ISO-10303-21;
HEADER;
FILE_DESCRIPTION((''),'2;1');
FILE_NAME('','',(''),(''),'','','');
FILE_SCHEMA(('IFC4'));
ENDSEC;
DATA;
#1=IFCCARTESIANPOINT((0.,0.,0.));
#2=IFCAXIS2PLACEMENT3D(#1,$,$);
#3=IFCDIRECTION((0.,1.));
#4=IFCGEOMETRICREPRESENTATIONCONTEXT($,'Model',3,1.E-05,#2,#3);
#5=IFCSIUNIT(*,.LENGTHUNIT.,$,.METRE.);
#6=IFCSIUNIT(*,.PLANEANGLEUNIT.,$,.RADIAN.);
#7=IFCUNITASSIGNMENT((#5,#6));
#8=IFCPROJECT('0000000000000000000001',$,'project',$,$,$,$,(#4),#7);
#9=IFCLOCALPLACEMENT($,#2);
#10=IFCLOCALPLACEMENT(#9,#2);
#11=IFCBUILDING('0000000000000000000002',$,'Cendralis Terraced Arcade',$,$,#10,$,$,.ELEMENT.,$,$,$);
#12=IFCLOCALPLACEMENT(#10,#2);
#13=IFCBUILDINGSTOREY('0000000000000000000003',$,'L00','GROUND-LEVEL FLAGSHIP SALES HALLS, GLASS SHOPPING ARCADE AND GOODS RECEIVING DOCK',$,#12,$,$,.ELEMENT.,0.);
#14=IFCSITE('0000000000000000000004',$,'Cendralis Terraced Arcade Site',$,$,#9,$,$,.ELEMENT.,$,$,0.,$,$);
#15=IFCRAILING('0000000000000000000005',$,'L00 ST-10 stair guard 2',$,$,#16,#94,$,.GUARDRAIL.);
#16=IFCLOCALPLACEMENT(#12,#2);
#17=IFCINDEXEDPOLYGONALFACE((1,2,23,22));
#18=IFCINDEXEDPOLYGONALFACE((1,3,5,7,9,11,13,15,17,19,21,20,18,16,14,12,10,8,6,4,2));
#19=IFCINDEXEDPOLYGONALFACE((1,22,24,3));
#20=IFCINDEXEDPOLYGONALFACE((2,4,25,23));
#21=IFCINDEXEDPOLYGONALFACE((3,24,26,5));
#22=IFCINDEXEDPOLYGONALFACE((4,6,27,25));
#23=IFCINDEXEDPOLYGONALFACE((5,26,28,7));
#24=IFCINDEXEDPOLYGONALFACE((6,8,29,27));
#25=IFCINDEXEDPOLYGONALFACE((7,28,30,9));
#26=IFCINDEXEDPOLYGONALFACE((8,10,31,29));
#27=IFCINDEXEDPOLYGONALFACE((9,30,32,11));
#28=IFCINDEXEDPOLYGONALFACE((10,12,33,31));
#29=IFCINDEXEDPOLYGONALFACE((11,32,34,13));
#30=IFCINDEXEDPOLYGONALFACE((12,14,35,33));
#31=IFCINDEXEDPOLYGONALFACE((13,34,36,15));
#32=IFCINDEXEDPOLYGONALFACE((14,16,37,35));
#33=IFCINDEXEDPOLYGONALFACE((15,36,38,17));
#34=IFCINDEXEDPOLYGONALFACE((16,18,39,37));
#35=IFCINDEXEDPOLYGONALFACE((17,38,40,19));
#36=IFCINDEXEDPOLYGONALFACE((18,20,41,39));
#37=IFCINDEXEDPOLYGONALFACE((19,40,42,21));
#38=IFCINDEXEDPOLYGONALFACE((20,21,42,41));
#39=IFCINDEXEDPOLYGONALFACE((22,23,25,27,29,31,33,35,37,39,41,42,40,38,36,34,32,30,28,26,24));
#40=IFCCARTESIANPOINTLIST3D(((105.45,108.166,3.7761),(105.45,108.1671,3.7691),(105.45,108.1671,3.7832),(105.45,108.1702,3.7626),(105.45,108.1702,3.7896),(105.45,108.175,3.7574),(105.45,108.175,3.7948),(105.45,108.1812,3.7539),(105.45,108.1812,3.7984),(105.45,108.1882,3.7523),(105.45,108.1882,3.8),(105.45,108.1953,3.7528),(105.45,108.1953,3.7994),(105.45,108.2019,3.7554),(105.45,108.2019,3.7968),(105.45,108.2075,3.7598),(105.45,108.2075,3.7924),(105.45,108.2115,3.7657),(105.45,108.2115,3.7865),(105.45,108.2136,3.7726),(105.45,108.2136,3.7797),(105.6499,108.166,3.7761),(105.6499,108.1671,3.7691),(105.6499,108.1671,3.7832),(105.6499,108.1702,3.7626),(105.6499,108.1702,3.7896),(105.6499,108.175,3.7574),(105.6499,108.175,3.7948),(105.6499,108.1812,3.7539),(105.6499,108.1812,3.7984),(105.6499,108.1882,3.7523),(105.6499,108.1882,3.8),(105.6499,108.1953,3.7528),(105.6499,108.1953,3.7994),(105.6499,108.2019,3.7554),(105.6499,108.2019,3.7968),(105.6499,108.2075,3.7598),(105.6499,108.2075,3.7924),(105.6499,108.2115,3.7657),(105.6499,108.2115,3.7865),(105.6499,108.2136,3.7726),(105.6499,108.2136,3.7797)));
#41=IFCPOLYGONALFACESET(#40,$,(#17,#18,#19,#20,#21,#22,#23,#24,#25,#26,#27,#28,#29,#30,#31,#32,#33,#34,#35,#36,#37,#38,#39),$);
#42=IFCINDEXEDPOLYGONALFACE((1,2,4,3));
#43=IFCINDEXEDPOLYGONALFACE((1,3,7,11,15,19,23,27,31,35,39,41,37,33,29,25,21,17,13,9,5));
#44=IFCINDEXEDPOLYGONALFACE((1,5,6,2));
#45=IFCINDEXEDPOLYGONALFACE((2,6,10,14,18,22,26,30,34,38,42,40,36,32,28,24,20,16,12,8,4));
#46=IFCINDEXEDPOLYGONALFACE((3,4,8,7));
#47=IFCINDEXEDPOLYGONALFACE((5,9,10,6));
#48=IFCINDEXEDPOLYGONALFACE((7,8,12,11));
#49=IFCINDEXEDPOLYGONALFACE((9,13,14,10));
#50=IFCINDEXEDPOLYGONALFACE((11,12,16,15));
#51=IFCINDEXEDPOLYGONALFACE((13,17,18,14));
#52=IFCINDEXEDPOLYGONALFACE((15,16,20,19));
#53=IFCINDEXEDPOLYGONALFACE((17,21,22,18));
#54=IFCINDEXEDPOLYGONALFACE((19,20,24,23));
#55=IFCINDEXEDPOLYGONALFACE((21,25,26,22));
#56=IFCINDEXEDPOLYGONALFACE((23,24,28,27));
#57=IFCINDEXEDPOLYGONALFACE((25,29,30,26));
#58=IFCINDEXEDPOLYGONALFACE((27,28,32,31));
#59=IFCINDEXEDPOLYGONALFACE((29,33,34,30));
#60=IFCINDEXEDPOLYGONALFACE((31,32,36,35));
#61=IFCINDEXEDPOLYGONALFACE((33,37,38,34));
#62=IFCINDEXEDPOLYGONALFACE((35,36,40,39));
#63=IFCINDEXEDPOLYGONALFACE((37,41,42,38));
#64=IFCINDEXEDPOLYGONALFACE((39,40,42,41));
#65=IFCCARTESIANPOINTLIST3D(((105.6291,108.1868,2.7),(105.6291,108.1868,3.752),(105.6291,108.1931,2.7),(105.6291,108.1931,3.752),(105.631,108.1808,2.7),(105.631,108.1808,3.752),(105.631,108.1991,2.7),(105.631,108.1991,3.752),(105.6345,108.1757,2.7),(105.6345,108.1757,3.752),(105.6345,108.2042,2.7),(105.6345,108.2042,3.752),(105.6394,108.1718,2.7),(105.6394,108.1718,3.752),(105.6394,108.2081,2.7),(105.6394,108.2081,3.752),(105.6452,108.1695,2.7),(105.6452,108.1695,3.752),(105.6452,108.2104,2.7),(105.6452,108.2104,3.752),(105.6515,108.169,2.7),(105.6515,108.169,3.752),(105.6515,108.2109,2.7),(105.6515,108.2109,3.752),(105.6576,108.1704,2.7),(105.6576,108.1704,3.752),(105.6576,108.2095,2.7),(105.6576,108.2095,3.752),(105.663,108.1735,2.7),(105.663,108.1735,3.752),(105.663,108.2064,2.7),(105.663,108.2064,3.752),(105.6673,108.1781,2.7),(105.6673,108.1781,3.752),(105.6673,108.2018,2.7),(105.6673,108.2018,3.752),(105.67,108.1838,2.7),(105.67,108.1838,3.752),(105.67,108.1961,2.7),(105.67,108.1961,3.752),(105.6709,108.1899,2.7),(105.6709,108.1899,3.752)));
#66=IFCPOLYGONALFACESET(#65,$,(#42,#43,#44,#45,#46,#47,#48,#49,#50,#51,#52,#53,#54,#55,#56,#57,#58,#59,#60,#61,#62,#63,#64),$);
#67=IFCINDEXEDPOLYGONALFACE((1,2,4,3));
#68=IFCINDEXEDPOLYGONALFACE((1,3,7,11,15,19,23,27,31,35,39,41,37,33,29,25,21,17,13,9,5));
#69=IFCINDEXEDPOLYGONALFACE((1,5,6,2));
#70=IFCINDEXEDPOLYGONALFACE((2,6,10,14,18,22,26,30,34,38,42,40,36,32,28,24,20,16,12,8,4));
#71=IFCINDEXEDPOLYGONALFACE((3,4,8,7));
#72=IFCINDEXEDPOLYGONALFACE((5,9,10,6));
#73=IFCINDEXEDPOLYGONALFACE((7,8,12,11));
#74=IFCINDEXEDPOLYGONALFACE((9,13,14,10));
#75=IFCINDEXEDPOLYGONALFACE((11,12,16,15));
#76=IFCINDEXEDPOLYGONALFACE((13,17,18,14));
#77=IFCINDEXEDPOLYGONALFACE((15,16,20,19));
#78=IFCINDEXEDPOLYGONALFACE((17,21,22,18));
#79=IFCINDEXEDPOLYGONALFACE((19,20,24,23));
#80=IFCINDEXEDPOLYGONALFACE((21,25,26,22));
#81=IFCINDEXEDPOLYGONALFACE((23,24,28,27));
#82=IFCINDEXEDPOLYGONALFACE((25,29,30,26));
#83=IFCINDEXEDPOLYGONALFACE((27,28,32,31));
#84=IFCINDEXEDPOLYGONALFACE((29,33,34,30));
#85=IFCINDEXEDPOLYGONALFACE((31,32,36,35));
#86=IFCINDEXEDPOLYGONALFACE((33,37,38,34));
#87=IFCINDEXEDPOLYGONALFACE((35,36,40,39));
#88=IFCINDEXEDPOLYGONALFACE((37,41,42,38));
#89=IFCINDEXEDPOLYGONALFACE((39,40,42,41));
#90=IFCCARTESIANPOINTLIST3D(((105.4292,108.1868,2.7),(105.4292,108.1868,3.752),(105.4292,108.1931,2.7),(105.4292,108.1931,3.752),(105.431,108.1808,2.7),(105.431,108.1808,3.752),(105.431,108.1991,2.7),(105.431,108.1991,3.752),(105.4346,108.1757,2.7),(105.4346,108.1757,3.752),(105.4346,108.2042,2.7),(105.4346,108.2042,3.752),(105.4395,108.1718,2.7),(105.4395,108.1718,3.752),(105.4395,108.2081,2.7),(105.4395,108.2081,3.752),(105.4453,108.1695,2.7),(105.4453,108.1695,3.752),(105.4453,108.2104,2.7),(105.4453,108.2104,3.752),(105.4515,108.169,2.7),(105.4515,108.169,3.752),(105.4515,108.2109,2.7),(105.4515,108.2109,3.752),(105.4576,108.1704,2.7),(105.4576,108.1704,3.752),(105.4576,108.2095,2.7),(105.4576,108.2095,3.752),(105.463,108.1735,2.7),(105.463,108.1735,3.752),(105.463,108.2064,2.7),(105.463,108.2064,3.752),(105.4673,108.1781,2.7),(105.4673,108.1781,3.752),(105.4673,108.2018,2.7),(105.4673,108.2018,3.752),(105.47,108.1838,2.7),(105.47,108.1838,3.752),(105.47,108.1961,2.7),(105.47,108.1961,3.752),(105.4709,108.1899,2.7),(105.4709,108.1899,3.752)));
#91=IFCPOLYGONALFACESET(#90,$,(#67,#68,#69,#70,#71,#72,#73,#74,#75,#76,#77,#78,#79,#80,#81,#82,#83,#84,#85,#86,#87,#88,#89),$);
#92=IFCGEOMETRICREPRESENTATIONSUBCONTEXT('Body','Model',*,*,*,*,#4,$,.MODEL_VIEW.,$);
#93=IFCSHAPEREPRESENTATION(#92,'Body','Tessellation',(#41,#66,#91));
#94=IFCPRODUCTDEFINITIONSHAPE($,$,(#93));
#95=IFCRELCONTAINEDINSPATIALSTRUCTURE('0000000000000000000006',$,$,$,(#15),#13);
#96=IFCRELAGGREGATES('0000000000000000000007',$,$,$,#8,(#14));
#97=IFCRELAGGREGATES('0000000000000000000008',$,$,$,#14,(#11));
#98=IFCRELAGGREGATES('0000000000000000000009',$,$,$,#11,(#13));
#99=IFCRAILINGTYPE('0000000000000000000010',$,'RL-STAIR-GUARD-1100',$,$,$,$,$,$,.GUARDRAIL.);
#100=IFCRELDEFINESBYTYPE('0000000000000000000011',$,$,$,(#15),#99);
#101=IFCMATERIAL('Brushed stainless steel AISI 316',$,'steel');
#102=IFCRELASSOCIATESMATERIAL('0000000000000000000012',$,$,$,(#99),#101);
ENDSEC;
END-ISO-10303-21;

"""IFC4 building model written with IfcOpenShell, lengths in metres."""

from ifc_helpers import new_model, si_unit, direction, frame, origin, origin_2d, place, context, subcontext, project, spatial, circle, extrude, material, type_object, element, save


model = new_model("IFC4")

# Units and contexts
model_context = context("Model", 3, precision=1e-05, world=origin(), true_north=direction((0.0, 1.0)))
body_context = subcontext(model_context, "Body", "Model", "MODEL_VIEW")
ifc_project = project(units=[si_unit("LENGTHUNIT", "METRE"), si_unit("PLANEANGLEUNIT", "RADIAN")], contexts=[model_context])

# Site, building, storey
site_placement = place(None, origin())
site = spatial("IfcSite", under=ifc_project, at=site_placement, Name="Cendralis Terraced Arcade Site", CompositionType="ELEMENT", RefElevation=0.0)
building_placement = place(site_placement, origin())
building = spatial("IfcBuilding", under=site, at=building_placement, Name="Cendralis Terraced Arcade", CompositionType="ELEMENT")
storey_placement = place(building_placement, origin())
storey = spatial("IfcBuildingStorey", under=building, at=storey_placement, Name="L00", Description="GROUND-LEVEL FLAGSHIP SALES HALLS, GLASS SHOPPING ARCADE AND GOODS RECEIVING DOCK", CompositionType="ELEMENT", Elevation=0.0)

# Railing
ifc_material_1 = material(Name="Brushed stainless steel AISI 316", Category="steel")
railing_type_1 = type_object("IfcRailingType", Name="RL-STAIR-GUARD-1100", PredefinedType="GUARDRAIL", material=ifc_material_1)
railing_1_placement = place(storey_placement, frame((105.6499, 108.1899, 2.7)))
element("IfcRailing", 1, at=railing_1_placement, inside=storey, type_object=railing_type_1, Name="L00 ST-10 stair guard 2", PredefinedType="GUARDRAIL", context=body_context, shape_type="SweptSolid", body=[
    extrude(circle(Radius=0.0239, at=origin_2d()), frame((0.0, 0.0, 1.0762), z_axis=(-1.0, 0.0, 0.0), x_axis=(0.0, -1.0, 0.0)), (0.0, 0.0, 1.0), 0.2),
    extrude(circle(Radius=0.021, at=origin_2d()), origin(), (0.0, 0.0, 1.0), 1.052),
    extrude(circle(Radius=0.021, at=origin_2d()), frame((-0.2, 0.0, 0.0)), (0.0, 0.0, 1.0), 1.052),
])

save(model, "model.ifc")
